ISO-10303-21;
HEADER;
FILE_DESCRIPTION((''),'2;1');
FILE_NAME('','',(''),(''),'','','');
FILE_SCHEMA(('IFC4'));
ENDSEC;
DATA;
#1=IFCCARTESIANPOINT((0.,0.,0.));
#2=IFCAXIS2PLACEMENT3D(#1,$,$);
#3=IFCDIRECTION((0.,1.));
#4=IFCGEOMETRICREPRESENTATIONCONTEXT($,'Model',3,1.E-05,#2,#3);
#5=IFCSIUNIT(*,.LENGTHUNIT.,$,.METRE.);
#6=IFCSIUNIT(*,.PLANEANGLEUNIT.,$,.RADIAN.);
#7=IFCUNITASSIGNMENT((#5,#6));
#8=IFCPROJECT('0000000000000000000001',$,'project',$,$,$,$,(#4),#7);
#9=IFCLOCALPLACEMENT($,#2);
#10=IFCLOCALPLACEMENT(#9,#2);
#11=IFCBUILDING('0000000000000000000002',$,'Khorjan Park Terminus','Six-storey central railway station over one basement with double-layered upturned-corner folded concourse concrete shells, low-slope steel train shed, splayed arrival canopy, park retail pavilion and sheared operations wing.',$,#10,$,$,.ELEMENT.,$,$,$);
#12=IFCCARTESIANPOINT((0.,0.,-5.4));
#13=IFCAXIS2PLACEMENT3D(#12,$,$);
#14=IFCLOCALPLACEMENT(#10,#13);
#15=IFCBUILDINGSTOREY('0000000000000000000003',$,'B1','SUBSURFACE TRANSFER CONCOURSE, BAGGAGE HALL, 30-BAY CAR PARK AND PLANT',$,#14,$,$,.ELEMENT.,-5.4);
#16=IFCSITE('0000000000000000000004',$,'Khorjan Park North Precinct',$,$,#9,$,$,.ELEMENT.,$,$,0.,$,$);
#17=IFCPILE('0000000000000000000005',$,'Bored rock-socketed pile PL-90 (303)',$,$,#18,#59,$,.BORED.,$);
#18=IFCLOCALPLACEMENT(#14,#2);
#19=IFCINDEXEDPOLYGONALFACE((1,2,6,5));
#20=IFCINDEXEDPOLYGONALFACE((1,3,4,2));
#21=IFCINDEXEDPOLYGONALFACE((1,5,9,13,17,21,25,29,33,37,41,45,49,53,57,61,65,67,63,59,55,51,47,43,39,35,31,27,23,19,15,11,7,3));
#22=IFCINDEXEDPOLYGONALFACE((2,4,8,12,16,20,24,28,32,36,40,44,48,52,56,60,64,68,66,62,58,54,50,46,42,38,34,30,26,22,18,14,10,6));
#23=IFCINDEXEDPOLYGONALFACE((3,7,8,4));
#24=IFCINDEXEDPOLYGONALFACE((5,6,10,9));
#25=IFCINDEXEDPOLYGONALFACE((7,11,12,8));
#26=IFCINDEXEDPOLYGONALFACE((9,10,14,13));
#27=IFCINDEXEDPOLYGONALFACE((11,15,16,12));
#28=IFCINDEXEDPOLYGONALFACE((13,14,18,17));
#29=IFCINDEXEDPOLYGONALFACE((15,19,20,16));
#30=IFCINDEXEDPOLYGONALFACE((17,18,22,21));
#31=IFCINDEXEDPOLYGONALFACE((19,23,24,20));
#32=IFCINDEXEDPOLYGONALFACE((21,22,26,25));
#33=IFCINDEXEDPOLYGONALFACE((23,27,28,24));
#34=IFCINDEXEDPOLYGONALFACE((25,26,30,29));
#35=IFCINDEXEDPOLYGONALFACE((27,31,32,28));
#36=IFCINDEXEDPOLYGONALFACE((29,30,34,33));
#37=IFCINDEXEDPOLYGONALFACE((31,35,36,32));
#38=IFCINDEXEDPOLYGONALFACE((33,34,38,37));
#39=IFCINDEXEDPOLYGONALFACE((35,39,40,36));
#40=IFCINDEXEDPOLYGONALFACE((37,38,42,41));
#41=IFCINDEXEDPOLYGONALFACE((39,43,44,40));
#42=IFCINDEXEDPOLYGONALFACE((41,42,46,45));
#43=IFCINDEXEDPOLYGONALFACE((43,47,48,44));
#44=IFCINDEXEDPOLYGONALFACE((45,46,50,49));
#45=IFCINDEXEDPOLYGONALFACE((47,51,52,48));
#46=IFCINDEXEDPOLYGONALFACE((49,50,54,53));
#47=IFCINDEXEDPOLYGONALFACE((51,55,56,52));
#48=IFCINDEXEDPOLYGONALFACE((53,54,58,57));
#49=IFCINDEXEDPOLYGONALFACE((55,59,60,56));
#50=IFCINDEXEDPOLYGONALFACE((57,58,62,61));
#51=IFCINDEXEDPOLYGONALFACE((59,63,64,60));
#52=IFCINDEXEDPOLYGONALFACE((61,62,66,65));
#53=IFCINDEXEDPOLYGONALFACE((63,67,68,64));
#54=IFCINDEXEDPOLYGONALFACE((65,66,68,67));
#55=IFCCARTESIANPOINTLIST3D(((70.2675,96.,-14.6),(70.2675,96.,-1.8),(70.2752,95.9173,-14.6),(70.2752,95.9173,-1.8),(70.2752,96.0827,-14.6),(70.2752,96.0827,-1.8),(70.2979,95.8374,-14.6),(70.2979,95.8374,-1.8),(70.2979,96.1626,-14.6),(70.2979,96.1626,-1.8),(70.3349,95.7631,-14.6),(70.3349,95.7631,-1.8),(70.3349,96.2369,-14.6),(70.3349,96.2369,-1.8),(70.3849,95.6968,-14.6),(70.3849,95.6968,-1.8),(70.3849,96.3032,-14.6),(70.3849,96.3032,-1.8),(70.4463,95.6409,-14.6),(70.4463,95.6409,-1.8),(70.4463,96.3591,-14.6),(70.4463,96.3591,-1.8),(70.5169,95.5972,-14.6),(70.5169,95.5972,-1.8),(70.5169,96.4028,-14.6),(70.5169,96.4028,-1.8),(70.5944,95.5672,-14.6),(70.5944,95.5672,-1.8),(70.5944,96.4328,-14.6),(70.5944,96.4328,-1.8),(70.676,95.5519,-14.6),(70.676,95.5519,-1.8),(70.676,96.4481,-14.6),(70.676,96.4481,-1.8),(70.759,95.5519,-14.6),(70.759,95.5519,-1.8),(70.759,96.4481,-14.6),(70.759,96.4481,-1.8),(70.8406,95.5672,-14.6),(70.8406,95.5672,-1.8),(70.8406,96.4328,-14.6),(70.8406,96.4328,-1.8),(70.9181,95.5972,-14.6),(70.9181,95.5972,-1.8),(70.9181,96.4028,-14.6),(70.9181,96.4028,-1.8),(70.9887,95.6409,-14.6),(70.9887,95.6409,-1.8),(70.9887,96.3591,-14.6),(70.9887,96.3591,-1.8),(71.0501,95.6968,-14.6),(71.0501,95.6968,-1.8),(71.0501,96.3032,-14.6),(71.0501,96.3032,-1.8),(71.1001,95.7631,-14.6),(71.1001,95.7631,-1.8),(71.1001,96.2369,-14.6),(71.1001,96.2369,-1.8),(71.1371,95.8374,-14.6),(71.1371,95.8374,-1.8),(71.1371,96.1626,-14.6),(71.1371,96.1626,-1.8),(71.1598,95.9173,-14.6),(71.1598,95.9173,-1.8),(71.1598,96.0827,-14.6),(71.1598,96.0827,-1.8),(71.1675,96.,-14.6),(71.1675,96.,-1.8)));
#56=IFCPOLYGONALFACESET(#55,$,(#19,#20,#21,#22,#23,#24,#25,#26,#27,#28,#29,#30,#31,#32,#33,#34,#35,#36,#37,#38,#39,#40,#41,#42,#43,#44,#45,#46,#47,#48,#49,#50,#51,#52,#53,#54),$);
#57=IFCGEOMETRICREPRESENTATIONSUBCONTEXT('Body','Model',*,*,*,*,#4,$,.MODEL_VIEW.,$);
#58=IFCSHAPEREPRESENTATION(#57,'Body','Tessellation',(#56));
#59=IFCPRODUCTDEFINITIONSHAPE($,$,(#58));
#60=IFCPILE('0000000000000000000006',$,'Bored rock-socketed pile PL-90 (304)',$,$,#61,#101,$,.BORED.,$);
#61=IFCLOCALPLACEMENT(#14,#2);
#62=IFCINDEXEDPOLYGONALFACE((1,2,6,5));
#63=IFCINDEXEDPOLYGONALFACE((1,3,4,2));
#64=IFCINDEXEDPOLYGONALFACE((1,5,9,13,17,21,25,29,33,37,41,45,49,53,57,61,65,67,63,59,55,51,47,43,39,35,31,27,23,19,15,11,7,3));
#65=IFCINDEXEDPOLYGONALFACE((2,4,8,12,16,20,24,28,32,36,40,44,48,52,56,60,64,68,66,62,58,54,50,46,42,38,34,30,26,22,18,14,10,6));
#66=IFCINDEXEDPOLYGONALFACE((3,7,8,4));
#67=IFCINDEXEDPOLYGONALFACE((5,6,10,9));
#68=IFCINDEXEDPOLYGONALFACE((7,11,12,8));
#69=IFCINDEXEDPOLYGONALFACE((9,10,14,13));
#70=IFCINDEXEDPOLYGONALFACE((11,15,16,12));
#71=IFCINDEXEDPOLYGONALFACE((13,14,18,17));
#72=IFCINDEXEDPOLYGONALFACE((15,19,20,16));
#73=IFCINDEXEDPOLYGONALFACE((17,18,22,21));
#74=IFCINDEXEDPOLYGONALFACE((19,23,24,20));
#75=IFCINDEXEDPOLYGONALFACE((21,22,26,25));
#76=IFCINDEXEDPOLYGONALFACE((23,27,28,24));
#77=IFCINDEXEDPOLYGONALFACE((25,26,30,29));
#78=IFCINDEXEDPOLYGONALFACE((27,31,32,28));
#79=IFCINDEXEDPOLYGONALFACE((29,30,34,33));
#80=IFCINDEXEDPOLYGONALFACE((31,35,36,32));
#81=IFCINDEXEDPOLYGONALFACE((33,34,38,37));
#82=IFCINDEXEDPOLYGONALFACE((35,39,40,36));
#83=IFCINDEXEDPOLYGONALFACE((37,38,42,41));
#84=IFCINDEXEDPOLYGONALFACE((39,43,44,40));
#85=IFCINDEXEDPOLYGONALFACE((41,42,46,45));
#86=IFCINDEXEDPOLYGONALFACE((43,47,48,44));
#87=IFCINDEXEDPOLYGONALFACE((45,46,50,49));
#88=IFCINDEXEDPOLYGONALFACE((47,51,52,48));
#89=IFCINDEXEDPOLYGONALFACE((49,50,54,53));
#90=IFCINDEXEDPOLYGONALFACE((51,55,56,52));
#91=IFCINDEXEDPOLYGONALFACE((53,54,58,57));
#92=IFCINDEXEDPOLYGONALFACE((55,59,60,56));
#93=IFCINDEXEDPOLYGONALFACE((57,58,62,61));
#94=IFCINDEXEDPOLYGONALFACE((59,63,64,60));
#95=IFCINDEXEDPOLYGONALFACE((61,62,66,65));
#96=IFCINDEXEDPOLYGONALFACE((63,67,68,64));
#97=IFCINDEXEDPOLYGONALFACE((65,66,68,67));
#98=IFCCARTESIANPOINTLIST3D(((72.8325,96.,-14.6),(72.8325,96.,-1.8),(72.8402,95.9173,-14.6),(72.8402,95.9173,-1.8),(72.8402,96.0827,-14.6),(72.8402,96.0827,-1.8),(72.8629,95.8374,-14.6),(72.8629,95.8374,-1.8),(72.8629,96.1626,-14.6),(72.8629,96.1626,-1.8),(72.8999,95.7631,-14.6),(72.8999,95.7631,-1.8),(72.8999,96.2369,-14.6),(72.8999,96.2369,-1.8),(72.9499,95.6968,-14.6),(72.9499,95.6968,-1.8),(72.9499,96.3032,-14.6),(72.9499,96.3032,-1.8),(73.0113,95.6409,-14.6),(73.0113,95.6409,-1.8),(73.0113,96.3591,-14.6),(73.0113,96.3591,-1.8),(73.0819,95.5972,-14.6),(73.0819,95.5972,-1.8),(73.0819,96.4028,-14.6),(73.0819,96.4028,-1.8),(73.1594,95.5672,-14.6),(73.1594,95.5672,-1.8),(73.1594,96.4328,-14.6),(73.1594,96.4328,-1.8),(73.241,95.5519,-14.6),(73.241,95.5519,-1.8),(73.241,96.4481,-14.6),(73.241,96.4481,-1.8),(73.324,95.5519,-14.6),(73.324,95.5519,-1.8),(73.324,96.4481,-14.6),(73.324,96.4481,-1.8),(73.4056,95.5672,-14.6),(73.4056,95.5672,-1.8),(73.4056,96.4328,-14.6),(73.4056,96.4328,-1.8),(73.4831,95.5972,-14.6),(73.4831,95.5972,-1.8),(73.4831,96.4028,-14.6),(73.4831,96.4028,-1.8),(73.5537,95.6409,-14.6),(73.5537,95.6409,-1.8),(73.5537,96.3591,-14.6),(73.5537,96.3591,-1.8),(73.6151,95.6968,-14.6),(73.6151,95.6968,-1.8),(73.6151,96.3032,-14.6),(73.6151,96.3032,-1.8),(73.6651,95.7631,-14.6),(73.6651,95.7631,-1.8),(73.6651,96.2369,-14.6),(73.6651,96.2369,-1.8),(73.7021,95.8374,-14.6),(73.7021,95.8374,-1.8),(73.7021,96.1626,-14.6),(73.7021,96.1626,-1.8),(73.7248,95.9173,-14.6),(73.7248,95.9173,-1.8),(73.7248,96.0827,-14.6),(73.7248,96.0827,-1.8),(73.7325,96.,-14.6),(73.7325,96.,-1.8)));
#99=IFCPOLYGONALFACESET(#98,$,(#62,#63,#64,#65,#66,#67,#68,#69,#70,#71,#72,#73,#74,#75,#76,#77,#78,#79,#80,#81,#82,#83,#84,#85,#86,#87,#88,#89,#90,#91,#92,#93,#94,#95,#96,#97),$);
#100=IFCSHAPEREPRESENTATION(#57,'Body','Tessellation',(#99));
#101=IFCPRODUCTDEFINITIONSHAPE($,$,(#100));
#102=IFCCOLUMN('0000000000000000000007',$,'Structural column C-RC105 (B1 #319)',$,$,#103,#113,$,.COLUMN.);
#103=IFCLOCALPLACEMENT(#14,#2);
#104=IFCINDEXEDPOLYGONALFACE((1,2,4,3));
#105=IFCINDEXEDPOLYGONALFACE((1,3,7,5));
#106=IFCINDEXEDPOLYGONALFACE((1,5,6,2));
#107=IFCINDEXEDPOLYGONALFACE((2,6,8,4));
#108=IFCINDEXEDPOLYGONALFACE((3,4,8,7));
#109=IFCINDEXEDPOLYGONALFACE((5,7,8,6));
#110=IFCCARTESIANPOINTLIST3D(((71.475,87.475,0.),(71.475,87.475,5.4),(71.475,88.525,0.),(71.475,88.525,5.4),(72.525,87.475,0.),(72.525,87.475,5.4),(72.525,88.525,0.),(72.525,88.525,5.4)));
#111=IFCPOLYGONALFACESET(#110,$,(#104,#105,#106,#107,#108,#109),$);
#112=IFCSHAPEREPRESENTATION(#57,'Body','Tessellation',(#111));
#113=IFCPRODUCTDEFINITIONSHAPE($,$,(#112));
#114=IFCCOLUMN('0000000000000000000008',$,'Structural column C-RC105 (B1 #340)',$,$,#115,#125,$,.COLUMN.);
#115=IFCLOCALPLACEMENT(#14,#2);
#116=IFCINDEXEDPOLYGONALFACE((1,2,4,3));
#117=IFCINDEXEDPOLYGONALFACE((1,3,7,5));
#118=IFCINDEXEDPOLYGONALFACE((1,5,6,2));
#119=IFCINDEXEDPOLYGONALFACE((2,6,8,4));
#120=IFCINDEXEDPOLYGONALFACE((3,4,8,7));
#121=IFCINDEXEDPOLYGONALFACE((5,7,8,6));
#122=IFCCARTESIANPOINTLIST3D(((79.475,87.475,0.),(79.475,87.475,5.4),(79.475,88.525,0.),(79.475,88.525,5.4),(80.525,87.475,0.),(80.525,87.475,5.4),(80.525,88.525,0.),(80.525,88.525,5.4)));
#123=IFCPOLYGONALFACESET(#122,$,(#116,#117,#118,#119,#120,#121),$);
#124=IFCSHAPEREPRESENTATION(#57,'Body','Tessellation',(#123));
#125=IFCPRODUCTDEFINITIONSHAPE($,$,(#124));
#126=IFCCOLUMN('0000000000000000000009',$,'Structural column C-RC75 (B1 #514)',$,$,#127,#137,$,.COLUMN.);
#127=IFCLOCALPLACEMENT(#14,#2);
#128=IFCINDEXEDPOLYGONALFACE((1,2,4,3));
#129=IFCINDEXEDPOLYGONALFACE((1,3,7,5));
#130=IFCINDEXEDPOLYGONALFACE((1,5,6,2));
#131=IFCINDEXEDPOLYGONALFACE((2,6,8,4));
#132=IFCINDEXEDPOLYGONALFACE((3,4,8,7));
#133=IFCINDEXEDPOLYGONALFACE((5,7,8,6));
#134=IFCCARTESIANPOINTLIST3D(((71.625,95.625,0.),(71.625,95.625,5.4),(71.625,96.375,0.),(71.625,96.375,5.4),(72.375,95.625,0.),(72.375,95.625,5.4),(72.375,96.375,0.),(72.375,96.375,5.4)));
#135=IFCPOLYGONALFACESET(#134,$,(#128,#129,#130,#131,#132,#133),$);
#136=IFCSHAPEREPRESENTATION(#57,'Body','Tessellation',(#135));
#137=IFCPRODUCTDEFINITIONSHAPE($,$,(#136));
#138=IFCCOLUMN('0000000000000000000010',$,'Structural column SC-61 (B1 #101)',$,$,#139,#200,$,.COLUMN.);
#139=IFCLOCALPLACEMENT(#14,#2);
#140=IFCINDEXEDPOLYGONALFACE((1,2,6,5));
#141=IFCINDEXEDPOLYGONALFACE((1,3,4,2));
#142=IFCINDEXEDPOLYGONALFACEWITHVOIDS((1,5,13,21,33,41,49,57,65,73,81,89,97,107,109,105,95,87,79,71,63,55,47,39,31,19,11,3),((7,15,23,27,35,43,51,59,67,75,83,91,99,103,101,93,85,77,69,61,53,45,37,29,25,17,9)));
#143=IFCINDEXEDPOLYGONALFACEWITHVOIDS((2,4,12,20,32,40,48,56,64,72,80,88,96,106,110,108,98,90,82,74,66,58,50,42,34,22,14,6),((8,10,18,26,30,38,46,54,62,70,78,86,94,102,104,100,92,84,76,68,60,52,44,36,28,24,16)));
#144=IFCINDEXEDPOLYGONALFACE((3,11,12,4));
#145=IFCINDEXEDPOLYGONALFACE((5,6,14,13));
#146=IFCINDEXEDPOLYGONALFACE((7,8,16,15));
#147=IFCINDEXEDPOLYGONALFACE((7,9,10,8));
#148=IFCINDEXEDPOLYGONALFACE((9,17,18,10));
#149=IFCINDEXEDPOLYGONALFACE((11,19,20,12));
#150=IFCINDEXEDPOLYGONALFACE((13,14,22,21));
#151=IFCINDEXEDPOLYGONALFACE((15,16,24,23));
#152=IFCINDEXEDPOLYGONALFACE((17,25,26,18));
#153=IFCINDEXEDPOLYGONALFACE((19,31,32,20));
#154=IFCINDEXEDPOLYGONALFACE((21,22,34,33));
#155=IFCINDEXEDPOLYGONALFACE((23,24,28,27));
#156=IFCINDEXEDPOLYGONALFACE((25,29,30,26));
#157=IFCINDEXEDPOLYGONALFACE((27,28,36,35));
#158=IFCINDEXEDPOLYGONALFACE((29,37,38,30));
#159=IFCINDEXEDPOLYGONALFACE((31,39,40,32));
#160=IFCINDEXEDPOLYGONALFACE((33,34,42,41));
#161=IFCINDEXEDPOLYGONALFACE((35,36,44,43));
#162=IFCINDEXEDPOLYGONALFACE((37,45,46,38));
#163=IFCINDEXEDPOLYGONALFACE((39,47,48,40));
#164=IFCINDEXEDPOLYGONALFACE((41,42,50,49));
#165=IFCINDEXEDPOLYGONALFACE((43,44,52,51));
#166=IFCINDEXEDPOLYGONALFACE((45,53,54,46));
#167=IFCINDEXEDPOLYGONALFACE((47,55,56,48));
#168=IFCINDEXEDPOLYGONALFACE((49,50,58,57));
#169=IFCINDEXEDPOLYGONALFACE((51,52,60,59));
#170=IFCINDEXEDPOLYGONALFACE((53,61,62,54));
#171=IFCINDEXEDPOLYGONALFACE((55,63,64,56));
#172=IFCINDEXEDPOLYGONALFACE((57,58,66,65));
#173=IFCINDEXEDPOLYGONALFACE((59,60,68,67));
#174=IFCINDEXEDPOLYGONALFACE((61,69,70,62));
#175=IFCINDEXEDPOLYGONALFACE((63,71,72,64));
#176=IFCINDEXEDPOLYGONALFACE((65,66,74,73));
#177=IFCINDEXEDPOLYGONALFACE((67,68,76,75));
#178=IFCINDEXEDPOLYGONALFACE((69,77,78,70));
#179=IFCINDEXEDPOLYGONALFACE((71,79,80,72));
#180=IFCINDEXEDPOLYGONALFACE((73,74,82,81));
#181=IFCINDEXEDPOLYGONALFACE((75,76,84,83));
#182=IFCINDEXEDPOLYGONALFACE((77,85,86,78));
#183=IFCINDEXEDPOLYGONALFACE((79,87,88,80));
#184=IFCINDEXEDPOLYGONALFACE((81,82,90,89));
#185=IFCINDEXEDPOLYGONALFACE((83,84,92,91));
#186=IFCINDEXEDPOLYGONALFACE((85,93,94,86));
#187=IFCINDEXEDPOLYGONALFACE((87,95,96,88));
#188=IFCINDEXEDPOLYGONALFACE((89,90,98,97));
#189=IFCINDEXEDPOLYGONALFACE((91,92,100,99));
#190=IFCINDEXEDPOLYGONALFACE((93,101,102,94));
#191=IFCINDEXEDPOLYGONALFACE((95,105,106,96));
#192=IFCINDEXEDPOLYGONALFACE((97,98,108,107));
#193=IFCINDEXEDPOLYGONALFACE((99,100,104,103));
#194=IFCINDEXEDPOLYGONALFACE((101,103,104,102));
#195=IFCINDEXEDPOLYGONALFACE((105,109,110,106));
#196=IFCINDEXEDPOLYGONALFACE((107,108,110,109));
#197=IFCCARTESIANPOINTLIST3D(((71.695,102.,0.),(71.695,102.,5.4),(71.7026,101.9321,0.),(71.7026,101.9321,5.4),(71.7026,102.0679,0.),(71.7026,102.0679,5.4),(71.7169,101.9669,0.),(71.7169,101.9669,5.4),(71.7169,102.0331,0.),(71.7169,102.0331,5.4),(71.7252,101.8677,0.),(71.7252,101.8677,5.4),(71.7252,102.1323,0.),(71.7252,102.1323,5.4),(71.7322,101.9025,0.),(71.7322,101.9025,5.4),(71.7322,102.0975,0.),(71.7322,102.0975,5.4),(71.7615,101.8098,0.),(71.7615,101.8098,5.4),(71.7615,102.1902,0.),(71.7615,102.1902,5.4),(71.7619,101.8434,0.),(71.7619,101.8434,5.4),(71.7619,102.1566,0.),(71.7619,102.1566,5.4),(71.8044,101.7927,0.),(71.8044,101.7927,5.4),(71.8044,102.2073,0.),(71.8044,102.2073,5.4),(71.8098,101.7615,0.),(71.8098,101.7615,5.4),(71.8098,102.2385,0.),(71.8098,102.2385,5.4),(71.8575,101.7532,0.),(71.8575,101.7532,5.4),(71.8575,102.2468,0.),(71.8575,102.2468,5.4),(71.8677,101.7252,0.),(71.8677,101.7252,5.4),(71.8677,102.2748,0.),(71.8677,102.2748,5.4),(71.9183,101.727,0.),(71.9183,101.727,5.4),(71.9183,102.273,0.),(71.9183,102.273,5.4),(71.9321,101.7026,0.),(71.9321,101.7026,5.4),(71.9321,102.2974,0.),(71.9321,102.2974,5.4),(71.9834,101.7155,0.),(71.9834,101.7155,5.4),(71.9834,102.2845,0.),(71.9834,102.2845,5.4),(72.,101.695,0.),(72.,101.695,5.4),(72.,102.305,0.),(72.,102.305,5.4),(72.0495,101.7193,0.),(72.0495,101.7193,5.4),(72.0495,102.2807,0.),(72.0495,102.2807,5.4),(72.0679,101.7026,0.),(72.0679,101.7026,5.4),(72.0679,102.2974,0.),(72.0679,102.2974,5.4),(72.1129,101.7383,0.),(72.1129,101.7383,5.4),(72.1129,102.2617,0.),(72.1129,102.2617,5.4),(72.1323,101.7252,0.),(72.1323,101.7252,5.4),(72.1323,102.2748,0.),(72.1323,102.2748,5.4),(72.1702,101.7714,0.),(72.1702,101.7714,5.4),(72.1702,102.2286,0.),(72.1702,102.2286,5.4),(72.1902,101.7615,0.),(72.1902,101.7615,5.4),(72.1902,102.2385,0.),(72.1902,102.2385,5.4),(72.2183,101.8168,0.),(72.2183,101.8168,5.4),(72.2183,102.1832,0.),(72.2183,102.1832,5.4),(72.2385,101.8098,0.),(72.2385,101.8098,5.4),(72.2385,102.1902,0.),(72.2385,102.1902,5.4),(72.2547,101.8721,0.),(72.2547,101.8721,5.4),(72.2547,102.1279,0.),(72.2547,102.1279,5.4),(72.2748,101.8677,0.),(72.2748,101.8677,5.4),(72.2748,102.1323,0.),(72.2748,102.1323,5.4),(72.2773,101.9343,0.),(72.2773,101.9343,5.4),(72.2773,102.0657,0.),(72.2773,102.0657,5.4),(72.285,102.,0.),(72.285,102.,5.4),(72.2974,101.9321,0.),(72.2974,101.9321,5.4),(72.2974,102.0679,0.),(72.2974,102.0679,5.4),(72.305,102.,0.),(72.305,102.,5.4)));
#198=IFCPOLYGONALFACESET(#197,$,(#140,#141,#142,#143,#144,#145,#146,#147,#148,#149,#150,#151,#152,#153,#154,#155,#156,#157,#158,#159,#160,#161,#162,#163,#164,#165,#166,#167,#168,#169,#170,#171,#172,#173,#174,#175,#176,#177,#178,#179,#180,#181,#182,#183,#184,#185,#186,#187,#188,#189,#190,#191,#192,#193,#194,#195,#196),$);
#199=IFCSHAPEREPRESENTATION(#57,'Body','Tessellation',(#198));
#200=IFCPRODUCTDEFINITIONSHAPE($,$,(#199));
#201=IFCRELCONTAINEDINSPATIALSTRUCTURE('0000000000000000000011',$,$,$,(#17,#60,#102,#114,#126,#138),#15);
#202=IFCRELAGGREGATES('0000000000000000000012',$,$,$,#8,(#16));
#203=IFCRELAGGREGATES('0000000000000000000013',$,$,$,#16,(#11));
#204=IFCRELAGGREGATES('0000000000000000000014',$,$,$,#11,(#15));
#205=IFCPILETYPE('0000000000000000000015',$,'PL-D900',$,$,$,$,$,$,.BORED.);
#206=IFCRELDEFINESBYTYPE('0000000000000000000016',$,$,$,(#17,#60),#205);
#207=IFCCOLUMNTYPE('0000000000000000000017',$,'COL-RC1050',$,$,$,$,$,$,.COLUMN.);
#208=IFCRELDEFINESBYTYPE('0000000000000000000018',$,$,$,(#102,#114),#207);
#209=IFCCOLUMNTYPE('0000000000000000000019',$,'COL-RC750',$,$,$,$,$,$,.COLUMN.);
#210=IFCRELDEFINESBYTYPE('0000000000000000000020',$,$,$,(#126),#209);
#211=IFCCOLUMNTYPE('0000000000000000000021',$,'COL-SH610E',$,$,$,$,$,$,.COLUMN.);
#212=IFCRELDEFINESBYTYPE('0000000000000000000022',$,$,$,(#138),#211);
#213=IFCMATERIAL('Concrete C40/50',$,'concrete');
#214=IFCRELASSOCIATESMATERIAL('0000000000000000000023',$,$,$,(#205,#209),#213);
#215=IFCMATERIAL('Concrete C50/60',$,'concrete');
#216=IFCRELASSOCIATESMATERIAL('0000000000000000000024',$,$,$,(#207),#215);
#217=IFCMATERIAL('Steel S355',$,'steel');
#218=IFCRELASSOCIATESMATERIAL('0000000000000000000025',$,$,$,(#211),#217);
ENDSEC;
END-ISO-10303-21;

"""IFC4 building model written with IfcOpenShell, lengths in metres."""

from ifc_helpers import new_model, si_unit, direction, frame, origin, origin_2d, place, context, subcontext, project, spatial, rectangle, circle, hollow_circle, extrude, material, material_profile, profile_set, type_object, element, save


model = new_model("IFC4")

# Units and contexts
model_context = context("Model", 3, precision=1e-05, world=origin(), true_north=direction((0.0, 1.0)))
body_context = subcontext(model_context, "Body", "Model", "MODEL_VIEW")
ifc_project = project(units=[si_unit("LENGTHUNIT", "METRE"), si_unit("PLANEANGLEUNIT", "RADIAN")], contexts=[model_context])

# Site, building, storey
site_placement = place(None, origin())
site = spatial("IfcSite", under=ifc_project, at=site_placement, Name="Khorjan Park North Precinct", CompositionType="ELEMENT", RefElevation=0.0)
building_placement = place(site_placement, origin())
building = spatial("IfcBuilding", under=site, at=building_placement, Name="Khorjan Park Terminus", Description="Six-storey central railway station over one basement with double-layered upturned-corner folded concourse concrete shells, low-slope steel train shed, splayed arrival canopy, park retail pavilion and sheared operations wing.", CompositionType="ELEMENT")
storey_placement = place(building_placement, frame((0.0, 0.0, -5.4)))
storey = spatial("IfcBuildingStorey", under=building, at=storey_placement, Name="B1", Description="SUBSURFACE TRANSFER CONCOURSE, BAGGAGE HALL, 30-BAY CAR PARK AND PLANT", CompositionType="ELEMENT", Elevation=-5.4)

# Shared definitions
ifc_material_1 = material(Name="Concrete C40/50", Category="concrete")

# Piles
ifc_material_profile_1 = material_profile(ifc_material_1, circle(Radius=0.45, at=origin_2d()), Name="BORED D900")
ifc_profile_set_1 = profile_set([ifc_material_profile_1], Name="Concrete C40/50")
pile_type_1 = type_object("IfcPileType", Name="PL-D900", PredefinedType="BORED", material=ifc_profile_set_1)
for number, where, z_axis, x_axis, name in (
    (1, (70.7175, 96.0, -1.8), (0.0, 0.0, -1.0), (1.0, 0.0, 0.0), "Bored rock-socketed pile PL-90 (303)"),
    (2, (73.2825, 96.0, -1.8), (0.0, 0.0, -1.0), (1.0, 0.0, 0.0), "Bored rock-socketed pile PL-90 (304)"),
):
    element("IfcPile", number, at=place(storey_placement, frame(where, z_axis=z_axis, x_axis=x_axis)), inside=storey, type_object=pile_type_1, Name=name, PredefinedType="BORED", context=body_context, shape_type="SweptSolid", body=[
        extrude(circle(Radius=0.45, at=origin_2d()), origin(), (0.0, 0.0, 1.0), 12.8),
    ])

# Columns
ifc_material_2 = material(Name="Concrete C50/60", Category="concrete")
ifc_material_profile_2 = material_profile(ifc_material_2, rectangle(XDim=1.05, YDim=1.05, at=origin_2d()), Name="RC 1050x1050")
ifc_profile_set_2 = profile_set([ifc_material_profile_2], Name="Concrete C50/60")
column_type_1 = type_object("IfcColumnType", Name="COL-RC1050", PredefinedType="COLUMN", material=ifc_profile_set_2)
for number, where, z_axis, x_axis, name in (
    (3, (72.0, 88.0, 0.0), (0.0, 0.0, 1.0), (1.0, 0.0, 0.0), "Structural column C-RC105 (B1 #319)"),
    (4, (80.0, 88.0, 0.0), (0.0, 0.0, 1.0), (1.0, 0.0, 0.0), "Structural column C-RC105 (B1 #340)"),
):
    element("IfcColumn", number, at=place(storey_placement, frame(where, z_axis=z_axis, x_axis=x_axis)), inside=storey, type_object=column_type_1, Name=name, PredefinedType="COLUMN", context=body_context, shape_type="SweptSolid", body=[
        extrude(rectangle(XDim=1.05, YDim=1.05, at=origin_2d()), origin(), (0.0, 0.0, 1.0), 5.4),
    ])
ifc_material_profile_3 = material_profile(ifc_material_1, rectangle(XDim=0.75, YDim=0.75, at=origin_2d()), Name="RC 750x750")
ifc_profile_set_3 = profile_set([ifc_material_profile_3], Name="Concrete C40/50")
column_type_2 = type_object("IfcColumnType", Name="COL-RC750", PredefinedType="COLUMN", material=ifc_profile_set_3)
column_1_placement = place(storey_placement, frame((72.0, 96.0, 0.0), z_axis=(0.0, 0.0, 1.0), x_axis=(1.0, 0.0, 0.0)))
element("IfcColumn", 5, at=column_1_placement, inside=storey, type_object=column_type_2, Name="Structural column C-RC75 (B1 #514)", PredefinedType="COLUMN", context=body_context, shape_type="SweptSolid", body=[
    extrude(rectangle(XDim=0.75, YDim=0.75, at=origin_2d()), origin(), (0.0, 0.0, 1.0), 5.4),
])
ifc_material_3 = material(Name="Steel S355", Category="steel")
ifc_material_profile_4 = material_profile(ifc_material_3, hollow_circle(Radius=0.305, WallThickness=0.02, at=origin_2d()), Name="CHS 610x20")
ifc_profile_set_4 = profile_set([ifc_material_profile_4], Name="Steel S355")
column_type_3 = type_object("IfcColumnType", Name="COL-SH610E", PredefinedType="COLUMN", material=ifc_profile_set_4)
column_2_placement = place(storey_placement, frame((72.0, 102.0, 0.0), z_axis=(0.0, 0.0, 1.0), x_axis=(1.0, 0.0, 0.0)))
element("IfcColumn", 6, at=column_2_placement, inside=storey, type_object=column_type_3, Name="Structural column SC-61 (B1 #101)", PredefinedType="COLUMN", context=body_context, shape_type="SweptSolid", body=[
    extrude(hollow_circle(Radius=0.305, WallThickness=0.02, at=origin_2d()), origin(), (0.0, 0.0, 1.0), 5.4),
])

save(model, "model.ifc")
